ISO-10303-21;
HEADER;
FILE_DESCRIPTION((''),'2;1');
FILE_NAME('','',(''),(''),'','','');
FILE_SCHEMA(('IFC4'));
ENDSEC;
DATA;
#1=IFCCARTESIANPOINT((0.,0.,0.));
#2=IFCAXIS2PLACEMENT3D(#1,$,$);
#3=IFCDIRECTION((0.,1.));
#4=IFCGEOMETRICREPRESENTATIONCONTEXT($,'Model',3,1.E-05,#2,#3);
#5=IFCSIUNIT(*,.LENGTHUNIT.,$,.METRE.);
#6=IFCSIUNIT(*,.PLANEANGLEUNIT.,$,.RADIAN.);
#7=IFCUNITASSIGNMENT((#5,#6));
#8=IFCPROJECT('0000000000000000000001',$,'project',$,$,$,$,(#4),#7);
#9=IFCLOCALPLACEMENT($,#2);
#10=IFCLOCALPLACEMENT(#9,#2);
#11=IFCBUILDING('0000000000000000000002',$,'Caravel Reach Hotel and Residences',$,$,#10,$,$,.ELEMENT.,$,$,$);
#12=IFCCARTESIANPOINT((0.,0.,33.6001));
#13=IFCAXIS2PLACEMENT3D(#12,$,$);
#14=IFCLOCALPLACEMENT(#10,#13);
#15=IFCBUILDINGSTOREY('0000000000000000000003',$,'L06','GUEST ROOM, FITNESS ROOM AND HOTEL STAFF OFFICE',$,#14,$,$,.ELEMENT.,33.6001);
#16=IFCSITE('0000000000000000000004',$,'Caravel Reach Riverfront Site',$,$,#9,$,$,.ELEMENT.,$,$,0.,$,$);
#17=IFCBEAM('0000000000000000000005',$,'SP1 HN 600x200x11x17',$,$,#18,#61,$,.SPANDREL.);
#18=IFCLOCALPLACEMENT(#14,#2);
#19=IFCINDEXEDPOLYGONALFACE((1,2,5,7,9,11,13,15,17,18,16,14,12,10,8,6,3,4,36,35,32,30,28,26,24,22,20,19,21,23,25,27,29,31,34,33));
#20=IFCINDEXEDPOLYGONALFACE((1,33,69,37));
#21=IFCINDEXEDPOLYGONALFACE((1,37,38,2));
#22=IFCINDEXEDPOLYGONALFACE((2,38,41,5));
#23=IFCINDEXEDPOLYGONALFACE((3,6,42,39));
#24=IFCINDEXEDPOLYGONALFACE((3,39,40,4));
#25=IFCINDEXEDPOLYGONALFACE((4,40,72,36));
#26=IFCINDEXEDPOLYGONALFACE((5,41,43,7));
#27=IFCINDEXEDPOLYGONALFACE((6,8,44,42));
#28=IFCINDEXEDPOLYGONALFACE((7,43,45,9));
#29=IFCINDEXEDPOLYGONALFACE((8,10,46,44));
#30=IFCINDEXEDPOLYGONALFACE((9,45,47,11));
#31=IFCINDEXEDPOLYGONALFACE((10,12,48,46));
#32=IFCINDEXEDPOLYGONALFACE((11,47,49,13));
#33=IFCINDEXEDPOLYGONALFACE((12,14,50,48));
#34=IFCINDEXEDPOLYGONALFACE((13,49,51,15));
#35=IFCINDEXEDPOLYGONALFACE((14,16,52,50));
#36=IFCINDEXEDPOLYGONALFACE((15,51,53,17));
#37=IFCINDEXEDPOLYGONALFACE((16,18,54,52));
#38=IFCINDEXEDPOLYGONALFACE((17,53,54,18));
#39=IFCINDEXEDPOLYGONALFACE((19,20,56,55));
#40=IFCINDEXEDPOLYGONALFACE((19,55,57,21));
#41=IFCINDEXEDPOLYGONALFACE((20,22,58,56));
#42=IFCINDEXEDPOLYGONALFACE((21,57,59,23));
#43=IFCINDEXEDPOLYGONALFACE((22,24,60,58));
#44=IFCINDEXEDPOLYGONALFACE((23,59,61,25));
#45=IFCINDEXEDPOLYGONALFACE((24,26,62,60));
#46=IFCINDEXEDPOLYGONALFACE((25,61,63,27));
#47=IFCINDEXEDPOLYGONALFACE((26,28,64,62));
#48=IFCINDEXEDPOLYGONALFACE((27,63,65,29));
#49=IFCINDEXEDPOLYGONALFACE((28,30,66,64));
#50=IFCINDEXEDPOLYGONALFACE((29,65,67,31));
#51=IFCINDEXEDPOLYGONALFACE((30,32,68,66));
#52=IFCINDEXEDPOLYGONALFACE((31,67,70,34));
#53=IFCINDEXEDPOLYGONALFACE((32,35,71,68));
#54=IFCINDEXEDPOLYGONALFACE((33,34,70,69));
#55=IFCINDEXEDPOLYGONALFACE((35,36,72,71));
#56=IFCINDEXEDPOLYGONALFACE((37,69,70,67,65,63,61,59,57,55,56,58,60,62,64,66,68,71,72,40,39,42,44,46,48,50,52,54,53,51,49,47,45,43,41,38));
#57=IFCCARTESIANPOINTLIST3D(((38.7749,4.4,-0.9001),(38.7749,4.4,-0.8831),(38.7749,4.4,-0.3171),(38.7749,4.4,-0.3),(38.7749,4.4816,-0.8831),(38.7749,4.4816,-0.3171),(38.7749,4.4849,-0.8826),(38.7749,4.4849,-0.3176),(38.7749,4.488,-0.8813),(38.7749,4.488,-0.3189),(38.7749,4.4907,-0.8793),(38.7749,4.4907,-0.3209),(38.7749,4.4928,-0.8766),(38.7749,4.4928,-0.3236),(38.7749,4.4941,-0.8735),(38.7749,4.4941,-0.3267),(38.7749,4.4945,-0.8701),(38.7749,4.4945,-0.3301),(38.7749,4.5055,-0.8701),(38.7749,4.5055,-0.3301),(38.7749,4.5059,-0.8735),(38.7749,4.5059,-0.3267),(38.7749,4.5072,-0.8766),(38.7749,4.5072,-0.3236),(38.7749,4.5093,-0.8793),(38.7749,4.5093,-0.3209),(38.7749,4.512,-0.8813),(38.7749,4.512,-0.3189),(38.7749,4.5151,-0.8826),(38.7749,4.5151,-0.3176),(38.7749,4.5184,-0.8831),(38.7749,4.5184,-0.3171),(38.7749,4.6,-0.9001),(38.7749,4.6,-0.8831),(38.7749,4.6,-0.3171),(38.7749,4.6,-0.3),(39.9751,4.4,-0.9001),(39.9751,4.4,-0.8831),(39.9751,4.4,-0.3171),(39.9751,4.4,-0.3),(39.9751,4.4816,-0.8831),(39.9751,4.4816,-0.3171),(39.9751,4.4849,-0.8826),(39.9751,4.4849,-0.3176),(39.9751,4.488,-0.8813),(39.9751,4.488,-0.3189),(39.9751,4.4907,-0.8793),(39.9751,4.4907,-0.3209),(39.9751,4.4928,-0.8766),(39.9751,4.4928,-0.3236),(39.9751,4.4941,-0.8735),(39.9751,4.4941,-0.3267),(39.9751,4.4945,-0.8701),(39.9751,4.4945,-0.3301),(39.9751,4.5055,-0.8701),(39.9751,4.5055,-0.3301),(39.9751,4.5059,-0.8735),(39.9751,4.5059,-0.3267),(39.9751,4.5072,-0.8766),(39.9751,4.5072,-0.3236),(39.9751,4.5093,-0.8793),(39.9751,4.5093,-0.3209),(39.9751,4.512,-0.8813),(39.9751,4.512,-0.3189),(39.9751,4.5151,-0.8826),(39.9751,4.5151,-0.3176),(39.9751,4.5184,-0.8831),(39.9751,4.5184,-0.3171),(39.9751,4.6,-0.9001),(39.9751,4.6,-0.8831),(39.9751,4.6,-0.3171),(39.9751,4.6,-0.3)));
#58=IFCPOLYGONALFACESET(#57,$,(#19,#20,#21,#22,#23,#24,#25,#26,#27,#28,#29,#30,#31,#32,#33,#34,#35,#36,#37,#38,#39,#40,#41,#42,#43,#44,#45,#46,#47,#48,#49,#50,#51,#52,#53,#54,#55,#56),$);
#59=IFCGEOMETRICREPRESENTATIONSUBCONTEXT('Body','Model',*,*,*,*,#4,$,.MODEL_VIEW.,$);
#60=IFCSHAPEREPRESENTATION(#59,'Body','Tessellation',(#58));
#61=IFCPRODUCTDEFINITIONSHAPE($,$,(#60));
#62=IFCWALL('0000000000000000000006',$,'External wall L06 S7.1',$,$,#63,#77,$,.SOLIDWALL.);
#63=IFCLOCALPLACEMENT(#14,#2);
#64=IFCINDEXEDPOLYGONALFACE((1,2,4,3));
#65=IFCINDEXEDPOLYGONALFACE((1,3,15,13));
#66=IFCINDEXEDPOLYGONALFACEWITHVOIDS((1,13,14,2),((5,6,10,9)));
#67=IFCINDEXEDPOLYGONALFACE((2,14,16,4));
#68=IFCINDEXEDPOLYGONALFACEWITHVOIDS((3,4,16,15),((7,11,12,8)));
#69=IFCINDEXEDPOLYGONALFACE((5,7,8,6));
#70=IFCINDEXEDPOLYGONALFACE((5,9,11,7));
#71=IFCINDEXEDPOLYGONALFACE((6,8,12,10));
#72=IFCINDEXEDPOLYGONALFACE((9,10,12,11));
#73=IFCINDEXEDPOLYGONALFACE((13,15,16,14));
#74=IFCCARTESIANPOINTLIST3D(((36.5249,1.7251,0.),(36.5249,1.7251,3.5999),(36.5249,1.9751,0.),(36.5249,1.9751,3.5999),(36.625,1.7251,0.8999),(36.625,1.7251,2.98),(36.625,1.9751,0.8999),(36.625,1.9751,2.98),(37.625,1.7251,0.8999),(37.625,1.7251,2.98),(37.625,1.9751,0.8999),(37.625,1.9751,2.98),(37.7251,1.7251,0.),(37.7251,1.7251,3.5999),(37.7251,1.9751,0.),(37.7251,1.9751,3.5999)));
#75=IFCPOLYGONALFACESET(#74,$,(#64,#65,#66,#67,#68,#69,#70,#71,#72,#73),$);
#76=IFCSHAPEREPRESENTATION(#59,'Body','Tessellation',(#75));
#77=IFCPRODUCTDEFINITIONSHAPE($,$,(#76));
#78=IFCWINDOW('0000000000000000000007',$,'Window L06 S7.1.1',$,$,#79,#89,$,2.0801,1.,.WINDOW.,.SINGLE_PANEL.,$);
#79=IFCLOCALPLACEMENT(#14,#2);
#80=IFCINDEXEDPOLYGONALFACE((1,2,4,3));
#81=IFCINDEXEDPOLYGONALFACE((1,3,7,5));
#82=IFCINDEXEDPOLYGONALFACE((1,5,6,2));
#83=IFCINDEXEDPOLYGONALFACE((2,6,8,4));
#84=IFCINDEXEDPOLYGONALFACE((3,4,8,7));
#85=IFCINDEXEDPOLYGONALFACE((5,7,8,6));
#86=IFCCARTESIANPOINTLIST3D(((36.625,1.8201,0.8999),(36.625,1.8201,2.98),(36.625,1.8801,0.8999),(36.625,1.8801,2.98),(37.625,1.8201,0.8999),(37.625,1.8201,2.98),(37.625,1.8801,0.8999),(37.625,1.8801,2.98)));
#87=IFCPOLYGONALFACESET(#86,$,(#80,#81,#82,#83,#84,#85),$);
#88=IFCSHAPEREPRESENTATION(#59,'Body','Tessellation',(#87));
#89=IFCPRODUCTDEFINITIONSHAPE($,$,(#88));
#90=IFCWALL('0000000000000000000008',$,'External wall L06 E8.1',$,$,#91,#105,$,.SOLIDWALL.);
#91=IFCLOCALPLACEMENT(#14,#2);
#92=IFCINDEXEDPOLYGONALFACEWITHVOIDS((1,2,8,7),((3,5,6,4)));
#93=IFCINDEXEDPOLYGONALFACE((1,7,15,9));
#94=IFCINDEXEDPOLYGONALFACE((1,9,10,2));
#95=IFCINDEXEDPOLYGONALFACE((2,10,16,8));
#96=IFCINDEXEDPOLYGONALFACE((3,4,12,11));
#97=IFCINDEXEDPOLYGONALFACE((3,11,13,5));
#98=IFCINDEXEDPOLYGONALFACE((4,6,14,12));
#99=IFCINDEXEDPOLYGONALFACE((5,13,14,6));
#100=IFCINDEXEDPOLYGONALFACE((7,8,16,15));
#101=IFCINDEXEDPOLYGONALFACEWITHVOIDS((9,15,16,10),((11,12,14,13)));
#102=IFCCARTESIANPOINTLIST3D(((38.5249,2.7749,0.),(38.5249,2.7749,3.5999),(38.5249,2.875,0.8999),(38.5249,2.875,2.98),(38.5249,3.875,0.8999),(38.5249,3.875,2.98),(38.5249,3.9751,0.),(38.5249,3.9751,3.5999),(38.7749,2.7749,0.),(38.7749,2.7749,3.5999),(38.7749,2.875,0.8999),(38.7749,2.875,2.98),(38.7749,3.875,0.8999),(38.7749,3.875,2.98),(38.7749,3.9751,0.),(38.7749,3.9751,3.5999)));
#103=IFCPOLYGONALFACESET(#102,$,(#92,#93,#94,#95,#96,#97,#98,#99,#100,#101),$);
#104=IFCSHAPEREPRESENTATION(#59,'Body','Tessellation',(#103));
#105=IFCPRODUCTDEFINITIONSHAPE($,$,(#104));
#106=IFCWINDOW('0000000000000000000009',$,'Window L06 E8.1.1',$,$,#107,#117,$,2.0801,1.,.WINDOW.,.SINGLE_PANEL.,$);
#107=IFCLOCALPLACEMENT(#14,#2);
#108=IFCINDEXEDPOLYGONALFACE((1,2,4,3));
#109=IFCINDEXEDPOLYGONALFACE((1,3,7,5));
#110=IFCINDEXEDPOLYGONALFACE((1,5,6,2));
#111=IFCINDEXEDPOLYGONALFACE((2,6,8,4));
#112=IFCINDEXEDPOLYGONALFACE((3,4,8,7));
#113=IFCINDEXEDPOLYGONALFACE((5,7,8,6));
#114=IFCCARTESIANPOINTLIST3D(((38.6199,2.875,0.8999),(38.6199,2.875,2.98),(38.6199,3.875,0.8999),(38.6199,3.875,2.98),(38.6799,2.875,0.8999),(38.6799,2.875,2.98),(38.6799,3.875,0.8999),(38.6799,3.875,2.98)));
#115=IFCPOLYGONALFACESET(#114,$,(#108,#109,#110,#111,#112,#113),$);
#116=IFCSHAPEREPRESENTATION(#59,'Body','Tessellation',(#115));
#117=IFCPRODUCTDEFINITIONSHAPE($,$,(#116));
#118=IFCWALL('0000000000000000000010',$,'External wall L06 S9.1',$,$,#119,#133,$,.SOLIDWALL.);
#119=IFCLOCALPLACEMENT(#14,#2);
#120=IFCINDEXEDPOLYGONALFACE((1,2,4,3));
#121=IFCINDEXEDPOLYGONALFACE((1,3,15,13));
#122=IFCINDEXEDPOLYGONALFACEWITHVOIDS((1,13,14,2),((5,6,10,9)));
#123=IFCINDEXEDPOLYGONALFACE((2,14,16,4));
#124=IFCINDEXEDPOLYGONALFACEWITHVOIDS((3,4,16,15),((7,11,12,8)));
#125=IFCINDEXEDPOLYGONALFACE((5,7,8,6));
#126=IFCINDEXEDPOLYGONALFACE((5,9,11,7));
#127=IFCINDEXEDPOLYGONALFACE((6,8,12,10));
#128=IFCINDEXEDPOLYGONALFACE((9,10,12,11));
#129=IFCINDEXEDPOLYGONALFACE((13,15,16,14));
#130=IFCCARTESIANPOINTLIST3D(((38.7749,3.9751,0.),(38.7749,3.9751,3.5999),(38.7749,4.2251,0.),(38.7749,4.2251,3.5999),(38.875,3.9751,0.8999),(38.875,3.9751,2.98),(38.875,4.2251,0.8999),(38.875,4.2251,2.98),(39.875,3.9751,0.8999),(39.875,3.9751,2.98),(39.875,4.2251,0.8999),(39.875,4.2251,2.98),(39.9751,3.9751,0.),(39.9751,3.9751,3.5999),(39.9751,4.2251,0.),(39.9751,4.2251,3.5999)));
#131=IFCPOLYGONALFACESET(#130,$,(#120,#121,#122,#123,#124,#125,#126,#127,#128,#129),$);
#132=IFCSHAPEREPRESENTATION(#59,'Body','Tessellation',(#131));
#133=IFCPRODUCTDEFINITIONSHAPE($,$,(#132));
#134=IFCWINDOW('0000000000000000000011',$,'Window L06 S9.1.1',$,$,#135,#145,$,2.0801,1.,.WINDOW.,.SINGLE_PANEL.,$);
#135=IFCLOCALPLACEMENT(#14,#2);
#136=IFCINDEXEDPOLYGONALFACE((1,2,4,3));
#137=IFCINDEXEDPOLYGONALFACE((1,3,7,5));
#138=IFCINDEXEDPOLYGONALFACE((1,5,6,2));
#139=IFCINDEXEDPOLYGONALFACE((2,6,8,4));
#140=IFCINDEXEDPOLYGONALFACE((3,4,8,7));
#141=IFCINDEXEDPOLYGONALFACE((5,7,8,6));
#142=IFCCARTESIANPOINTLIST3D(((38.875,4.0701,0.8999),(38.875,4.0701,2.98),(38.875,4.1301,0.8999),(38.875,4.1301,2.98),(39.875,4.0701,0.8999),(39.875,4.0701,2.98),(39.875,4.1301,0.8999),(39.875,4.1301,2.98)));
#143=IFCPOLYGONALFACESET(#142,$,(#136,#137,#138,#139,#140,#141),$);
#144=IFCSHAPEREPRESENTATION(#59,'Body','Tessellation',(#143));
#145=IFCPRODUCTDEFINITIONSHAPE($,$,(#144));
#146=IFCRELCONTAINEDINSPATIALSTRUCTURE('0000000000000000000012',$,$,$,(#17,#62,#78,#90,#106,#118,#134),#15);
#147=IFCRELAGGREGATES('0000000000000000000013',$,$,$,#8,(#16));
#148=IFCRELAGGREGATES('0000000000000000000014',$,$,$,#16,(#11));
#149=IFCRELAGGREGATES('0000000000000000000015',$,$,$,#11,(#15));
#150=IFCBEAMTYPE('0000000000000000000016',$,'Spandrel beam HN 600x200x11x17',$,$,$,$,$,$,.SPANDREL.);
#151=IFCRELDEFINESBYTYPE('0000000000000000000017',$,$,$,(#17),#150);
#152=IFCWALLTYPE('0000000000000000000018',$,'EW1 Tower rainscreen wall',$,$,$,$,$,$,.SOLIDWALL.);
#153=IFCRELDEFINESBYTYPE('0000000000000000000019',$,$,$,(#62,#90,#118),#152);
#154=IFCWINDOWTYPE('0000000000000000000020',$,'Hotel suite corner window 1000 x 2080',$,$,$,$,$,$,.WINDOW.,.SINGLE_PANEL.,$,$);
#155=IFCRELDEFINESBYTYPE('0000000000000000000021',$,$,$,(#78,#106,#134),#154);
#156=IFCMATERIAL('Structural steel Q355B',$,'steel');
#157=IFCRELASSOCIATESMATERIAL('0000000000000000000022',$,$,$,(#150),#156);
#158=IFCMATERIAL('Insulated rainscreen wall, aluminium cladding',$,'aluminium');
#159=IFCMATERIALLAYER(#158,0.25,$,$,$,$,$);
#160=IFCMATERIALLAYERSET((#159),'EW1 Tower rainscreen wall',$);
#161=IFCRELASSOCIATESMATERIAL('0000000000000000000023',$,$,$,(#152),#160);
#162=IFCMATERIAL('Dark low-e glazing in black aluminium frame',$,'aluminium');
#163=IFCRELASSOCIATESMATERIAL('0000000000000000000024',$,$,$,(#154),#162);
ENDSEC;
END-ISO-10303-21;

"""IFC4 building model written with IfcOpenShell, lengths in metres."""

from ifc_helpers import new_model, si_unit, direction, frame, frame_2d, origin, origin_2d, place, context, subcontext, project, spatial, rectangle, i_section, extrude, material, layer, layer_set, material_profile, profile_set, type_object, element, fill, save


model = new_model("IFC4")

# Units and contexts
model_context = context("Model", 3, precision=1e-05, world=origin(), true_north=direction((0.0, 1.0)))
body_context = subcontext(model_context, "Body", "Model", "MODEL_VIEW")
ifc_project = project(units=[si_unit("LENGTHUNIT", "METRE"), si_unit("PLANEANGLEUNIT", "RADIAN")], contexts=[model_context])

# Site, building, storey
site_placement = place(None, origin())
site = spatial("IfcSite", under=ifc_project, at=site_placement, Name="Caravel Reach Riverfront Site", CompositionType="ELEMENT", RefElevation=0.0)
building_placement = place(site_placement, origin())
building = spatial("IfcBuilding", under=site, at=building_placement, Name="Caravel Reach Hotel and Residences", CompositionType="ELEMENT")
storey_placement = place(building_placement, frame((0.0, 0.0, 33.6001)))
storey = spatial("IfcBuildingStorey", under=building, at=storey_placement, Name="L06", Description="GUEST ROOM, FITNESS ROOM AND HOTEL STAFF OFFICE", CompositionType="ELEMENT", Elevation=33.6001)

# Beam
ifc_material_1 = material(Name="Structural steel Q355B", Category="steel")
ifc_material_profile_1 = material_profile(ifc_material_1, i_section(OverallWidth=0.2, OverallDepth=0.6001, WebThickness=0.011, FlangeThickness=0.0171, FilletRadius=0.0129, at=origin_2d()), Name="HN 600x200x11x17")
ifc_profile_set_1 = profile_set([ifc_material_profile_1], Name="Structural steel Q355B")
beam_type_1 = type_object("IfcBeamType", Name="Spandrel beam HN 600x200x11x17", PredefinedType="SPANDREL", material=ifc_profile_set_1)
for number, where, z_axis, x_axis, name in (
    (1, (38.7749, 4.5, -0.6001), (1.0, 0.0, 0.0), (0.0, 1.0, 0.0), "SP1 HN 600x200x11x17"),
):
    element("IfcBeam", number, at=place(storey_placement, frame(where, z_axis=z_axis, x_axis=x_axis)), inside=storey, type_object=beam_type_1, Name=name, PredefinedType="SPANDREL", context=body_context, shape_type="SweptSolid", body=[
        extrude(i_section(OverallWidth=0.2, OverallDepth=0.6001, WebThickness=0.011, FlangeThickness=0.0171, FilletRadius=0.0129, at=origin_2d()), origin(), (0.0, 0.0, 1.0), 1.2002),
    ])

# Walls, openings, windows
ifc_material_2 = material(Name="Insulated rainscreen wall, aluminium cladding", Category="aluminium")
ifc_layer = layer(ifc_material_2, 0.25)
ifc_layer_set = layer_set([ifc_layer], Name="EW1 Tower rainscreen wall")
wall_type = type_object("IfcWallType", Name="EW1 Tower rainscreen wall", PredefinedType="SOLIDWALL", material=ifc_layer_set)
wall_1_placement = place(storey_placement, frame((36.5249, 1.8501, 0.0), z_axis=(0.0, 0.0, 1.0), x_axis=(1.0, 0.0, 0.0)))
wall_1 = element("IfcWall", 2, at=wall_1_placement, inside=storey, type_object=wall_type, Name="External wall L06 S7.1", PredefinedType="SOLIDWALL", context=body_context, shape_type="SweptSolid", body=[
    extrude(rectangle(XDim=1.2002, YDim=0.25, at=frame_2d((0.6001, 0.0))), origin(), (0.0, 0.0, 1.0), 3.5999),
])
opening_1_placement = place(wall_1_placement, frame((0.1001, 0.0, 0.8999)))
opening_1 = element("IfcOpeningElement", 3, at=opening_1_placement, cuts=wall_1, PredefinedType="OPENING", context=body_context, shape_type="SweptSolid", body=[
    extrude(rectangle(XDim=1.0, YDim=2.0801, at=frame_2d((0.5, 1.04))), frame((0.0, 0.135, 0.0), z_axis=(0.0, -1.0, 0.0), x_axis=(1.0, 0.0, 0.0)), (0.0, 0.0, 1.0), 0.27),
])
ifc_material_3 = material(Name="Dark low-e glazing in black aluminium frame", Category="aluminium")
window_type = type_object("IfcWindowType", Name="Hotel suite corner window 1000 x 2080", PartitioningType="SINGLE_PANEL", PredefinedType="WINDOW", material=ifc_material_3)
window_1_placement = place(opening_1_placement, origin())
window_1 = element("IfcWindow", 4, at=window_1_placement, inside=storey, type_object=window_type, Name="Window L06 S7.1.1", OverallHeight=2.0801, OverallWidth=1.0, PartitioningType="SINGLE_PANEL", PredefinedType="WINDOW", context=body_context, shape_type="SweptSolid", body=[
    extrude(rectangle(XDim=1.0, YDim=2.0801, at=frame_2d((0.5, 1.04))), frame((0.0, 0.03, 0.0), z_axis=(0.0, -1.0, 0.0), x_axis=(1.0, 0.0, 0.0)), (0.0, 0.0, 1.0), 0.0601),
])
fill(opening_1, window_1)
wall_2_placement = place(storey_placement, frame((38.6499, 2.7749, 0.0), z_axis=(0.0, 0.0, 1.0), x_axis=(0.0, 1.0, 0.0)))
wall_2 = element("IfcWall", 5, at=wall_2_placement, inside=storey, type_object=wall_type, Name="External wall L06 E8.1", PredefinedType="SOLIDWALL", context=body_context, shape_type="SweptSolid", body=[
    extrude(rectangle(XDim=1.2002, YDim=0.25, at=frame_2d((0.6001, 0.0))), origin(), (0.0, 0.0, 1.0), 3.5999),
])
opening_2_placement = place(wall_2_placement, frame((0.1001, 0.0, 0.8999)))
opening_2 = element("IfcOpeningElement", 6, at=opening_2_placement, cuts=wall_2, PredefinedType="OPENING", context=body_context, shape_type="SweptSolid", body=[
    extrude(rectangle(XDim=1.0, YDim=2.0801, at=frame_2d((0.5, 1.04))), frame((0.0, 0.135, 0.0), z_axis=(0.0, -1.0, 0.0), x_axis=(1.0, 0.0, 0.0)), (0.0, 0.0, 1.0), 0.27),
])
window_2_placement = place(opening_2_placement, origin())
window_2 = element("IfcWindow", 7, at=window_2_placement, inside=storey, type_object=window_type, Name="Window L06 E8.1.1", OverallHeight=2.0801, OverallWidth=1.0, PartitioningType="SINGLE_PANEL", PredefinedType="WINDOW", context=body_context, shape_type="SweptSolid", body=[
    extrude(rectangle(XDim=1.0, YDim=2.0801, at=frame_2d((0.5, 1.04))), frame((0.0, 0.03, 0.0), z_axis=(0.0, -1.0, 0.0), x_axis=(1.0, 0.0, 0.0)), (0.0, 0.0, 1.0), 0.0601),
])
fill(opening_2, window_2)
wall_3_placement = place(storey_placement, frame((38.7749, 4.1001, 0.0), z_axis=(0.0, 0.0, 1.0), x_axis=(1.0, 0.0, 0.0)))
wall_3 = element("IfcWall", 8, at=wall_3_placement, inside=storey, type_object=wall_type, Name="External wall L06 S9.1", PredefinedType="SOLIDWALL", context=body_context, shape_type="SweptSolid", body=[
    extrude(rectangle(XDim=1.2002, YDim=0.25, at=frame_2d((0.6001, 0.0))), origin(), (0.0, 0.0, 1.0), 3.5999),
])
opening_3_placement = place(wall_3_placement, frame((0.1001, 0.0, 0.8999)))
opening_3 = element("IfcOpeningElement", 9, at=opening_3_placement, cuts=wall_3, PredefinedType="OPENING", context=body_context, shape_type="SweptSolid", body=[
    extrude(rectangle(XDim=1.0, YDim=2.0801, at=frame_2d((0.5, 1.04))), frame((0.0, 0.135, 0.0), z_axis=(0.0, -1.0, 0.0), x_axis=(1.0, 0.0, 0.0)), (0.0, 0.0, 1.0), 0.27),
])
window_3_placement = place(opening_3_placement, origin())
window_3 = element("IfcWindow", 10, at=window_3_placement, inside=storey, type_object=window_type, Name="Window L06 S9.1.1", OverallHeight=2.0801, OverallWidth=1.0, PartitioningType="SINGLE_PANEL", PredefinedType="WINDOW", context=body_context, shape_type="SweptSolid", body=[
    extrude(rectangle(XDim=1.0, YDim=2.0801, at=frame_2d((0.5, 1.04))), frame((0.0, 0.03, 0.0), z_axis=(0.0, -1.0, 0.0), x_axis=(1.0, 0.0, 0.0)), (0.0, 0.0, 1.0), 0.0601),
])
fill(opening_3, window_3)

save(model, "model.ifc")
